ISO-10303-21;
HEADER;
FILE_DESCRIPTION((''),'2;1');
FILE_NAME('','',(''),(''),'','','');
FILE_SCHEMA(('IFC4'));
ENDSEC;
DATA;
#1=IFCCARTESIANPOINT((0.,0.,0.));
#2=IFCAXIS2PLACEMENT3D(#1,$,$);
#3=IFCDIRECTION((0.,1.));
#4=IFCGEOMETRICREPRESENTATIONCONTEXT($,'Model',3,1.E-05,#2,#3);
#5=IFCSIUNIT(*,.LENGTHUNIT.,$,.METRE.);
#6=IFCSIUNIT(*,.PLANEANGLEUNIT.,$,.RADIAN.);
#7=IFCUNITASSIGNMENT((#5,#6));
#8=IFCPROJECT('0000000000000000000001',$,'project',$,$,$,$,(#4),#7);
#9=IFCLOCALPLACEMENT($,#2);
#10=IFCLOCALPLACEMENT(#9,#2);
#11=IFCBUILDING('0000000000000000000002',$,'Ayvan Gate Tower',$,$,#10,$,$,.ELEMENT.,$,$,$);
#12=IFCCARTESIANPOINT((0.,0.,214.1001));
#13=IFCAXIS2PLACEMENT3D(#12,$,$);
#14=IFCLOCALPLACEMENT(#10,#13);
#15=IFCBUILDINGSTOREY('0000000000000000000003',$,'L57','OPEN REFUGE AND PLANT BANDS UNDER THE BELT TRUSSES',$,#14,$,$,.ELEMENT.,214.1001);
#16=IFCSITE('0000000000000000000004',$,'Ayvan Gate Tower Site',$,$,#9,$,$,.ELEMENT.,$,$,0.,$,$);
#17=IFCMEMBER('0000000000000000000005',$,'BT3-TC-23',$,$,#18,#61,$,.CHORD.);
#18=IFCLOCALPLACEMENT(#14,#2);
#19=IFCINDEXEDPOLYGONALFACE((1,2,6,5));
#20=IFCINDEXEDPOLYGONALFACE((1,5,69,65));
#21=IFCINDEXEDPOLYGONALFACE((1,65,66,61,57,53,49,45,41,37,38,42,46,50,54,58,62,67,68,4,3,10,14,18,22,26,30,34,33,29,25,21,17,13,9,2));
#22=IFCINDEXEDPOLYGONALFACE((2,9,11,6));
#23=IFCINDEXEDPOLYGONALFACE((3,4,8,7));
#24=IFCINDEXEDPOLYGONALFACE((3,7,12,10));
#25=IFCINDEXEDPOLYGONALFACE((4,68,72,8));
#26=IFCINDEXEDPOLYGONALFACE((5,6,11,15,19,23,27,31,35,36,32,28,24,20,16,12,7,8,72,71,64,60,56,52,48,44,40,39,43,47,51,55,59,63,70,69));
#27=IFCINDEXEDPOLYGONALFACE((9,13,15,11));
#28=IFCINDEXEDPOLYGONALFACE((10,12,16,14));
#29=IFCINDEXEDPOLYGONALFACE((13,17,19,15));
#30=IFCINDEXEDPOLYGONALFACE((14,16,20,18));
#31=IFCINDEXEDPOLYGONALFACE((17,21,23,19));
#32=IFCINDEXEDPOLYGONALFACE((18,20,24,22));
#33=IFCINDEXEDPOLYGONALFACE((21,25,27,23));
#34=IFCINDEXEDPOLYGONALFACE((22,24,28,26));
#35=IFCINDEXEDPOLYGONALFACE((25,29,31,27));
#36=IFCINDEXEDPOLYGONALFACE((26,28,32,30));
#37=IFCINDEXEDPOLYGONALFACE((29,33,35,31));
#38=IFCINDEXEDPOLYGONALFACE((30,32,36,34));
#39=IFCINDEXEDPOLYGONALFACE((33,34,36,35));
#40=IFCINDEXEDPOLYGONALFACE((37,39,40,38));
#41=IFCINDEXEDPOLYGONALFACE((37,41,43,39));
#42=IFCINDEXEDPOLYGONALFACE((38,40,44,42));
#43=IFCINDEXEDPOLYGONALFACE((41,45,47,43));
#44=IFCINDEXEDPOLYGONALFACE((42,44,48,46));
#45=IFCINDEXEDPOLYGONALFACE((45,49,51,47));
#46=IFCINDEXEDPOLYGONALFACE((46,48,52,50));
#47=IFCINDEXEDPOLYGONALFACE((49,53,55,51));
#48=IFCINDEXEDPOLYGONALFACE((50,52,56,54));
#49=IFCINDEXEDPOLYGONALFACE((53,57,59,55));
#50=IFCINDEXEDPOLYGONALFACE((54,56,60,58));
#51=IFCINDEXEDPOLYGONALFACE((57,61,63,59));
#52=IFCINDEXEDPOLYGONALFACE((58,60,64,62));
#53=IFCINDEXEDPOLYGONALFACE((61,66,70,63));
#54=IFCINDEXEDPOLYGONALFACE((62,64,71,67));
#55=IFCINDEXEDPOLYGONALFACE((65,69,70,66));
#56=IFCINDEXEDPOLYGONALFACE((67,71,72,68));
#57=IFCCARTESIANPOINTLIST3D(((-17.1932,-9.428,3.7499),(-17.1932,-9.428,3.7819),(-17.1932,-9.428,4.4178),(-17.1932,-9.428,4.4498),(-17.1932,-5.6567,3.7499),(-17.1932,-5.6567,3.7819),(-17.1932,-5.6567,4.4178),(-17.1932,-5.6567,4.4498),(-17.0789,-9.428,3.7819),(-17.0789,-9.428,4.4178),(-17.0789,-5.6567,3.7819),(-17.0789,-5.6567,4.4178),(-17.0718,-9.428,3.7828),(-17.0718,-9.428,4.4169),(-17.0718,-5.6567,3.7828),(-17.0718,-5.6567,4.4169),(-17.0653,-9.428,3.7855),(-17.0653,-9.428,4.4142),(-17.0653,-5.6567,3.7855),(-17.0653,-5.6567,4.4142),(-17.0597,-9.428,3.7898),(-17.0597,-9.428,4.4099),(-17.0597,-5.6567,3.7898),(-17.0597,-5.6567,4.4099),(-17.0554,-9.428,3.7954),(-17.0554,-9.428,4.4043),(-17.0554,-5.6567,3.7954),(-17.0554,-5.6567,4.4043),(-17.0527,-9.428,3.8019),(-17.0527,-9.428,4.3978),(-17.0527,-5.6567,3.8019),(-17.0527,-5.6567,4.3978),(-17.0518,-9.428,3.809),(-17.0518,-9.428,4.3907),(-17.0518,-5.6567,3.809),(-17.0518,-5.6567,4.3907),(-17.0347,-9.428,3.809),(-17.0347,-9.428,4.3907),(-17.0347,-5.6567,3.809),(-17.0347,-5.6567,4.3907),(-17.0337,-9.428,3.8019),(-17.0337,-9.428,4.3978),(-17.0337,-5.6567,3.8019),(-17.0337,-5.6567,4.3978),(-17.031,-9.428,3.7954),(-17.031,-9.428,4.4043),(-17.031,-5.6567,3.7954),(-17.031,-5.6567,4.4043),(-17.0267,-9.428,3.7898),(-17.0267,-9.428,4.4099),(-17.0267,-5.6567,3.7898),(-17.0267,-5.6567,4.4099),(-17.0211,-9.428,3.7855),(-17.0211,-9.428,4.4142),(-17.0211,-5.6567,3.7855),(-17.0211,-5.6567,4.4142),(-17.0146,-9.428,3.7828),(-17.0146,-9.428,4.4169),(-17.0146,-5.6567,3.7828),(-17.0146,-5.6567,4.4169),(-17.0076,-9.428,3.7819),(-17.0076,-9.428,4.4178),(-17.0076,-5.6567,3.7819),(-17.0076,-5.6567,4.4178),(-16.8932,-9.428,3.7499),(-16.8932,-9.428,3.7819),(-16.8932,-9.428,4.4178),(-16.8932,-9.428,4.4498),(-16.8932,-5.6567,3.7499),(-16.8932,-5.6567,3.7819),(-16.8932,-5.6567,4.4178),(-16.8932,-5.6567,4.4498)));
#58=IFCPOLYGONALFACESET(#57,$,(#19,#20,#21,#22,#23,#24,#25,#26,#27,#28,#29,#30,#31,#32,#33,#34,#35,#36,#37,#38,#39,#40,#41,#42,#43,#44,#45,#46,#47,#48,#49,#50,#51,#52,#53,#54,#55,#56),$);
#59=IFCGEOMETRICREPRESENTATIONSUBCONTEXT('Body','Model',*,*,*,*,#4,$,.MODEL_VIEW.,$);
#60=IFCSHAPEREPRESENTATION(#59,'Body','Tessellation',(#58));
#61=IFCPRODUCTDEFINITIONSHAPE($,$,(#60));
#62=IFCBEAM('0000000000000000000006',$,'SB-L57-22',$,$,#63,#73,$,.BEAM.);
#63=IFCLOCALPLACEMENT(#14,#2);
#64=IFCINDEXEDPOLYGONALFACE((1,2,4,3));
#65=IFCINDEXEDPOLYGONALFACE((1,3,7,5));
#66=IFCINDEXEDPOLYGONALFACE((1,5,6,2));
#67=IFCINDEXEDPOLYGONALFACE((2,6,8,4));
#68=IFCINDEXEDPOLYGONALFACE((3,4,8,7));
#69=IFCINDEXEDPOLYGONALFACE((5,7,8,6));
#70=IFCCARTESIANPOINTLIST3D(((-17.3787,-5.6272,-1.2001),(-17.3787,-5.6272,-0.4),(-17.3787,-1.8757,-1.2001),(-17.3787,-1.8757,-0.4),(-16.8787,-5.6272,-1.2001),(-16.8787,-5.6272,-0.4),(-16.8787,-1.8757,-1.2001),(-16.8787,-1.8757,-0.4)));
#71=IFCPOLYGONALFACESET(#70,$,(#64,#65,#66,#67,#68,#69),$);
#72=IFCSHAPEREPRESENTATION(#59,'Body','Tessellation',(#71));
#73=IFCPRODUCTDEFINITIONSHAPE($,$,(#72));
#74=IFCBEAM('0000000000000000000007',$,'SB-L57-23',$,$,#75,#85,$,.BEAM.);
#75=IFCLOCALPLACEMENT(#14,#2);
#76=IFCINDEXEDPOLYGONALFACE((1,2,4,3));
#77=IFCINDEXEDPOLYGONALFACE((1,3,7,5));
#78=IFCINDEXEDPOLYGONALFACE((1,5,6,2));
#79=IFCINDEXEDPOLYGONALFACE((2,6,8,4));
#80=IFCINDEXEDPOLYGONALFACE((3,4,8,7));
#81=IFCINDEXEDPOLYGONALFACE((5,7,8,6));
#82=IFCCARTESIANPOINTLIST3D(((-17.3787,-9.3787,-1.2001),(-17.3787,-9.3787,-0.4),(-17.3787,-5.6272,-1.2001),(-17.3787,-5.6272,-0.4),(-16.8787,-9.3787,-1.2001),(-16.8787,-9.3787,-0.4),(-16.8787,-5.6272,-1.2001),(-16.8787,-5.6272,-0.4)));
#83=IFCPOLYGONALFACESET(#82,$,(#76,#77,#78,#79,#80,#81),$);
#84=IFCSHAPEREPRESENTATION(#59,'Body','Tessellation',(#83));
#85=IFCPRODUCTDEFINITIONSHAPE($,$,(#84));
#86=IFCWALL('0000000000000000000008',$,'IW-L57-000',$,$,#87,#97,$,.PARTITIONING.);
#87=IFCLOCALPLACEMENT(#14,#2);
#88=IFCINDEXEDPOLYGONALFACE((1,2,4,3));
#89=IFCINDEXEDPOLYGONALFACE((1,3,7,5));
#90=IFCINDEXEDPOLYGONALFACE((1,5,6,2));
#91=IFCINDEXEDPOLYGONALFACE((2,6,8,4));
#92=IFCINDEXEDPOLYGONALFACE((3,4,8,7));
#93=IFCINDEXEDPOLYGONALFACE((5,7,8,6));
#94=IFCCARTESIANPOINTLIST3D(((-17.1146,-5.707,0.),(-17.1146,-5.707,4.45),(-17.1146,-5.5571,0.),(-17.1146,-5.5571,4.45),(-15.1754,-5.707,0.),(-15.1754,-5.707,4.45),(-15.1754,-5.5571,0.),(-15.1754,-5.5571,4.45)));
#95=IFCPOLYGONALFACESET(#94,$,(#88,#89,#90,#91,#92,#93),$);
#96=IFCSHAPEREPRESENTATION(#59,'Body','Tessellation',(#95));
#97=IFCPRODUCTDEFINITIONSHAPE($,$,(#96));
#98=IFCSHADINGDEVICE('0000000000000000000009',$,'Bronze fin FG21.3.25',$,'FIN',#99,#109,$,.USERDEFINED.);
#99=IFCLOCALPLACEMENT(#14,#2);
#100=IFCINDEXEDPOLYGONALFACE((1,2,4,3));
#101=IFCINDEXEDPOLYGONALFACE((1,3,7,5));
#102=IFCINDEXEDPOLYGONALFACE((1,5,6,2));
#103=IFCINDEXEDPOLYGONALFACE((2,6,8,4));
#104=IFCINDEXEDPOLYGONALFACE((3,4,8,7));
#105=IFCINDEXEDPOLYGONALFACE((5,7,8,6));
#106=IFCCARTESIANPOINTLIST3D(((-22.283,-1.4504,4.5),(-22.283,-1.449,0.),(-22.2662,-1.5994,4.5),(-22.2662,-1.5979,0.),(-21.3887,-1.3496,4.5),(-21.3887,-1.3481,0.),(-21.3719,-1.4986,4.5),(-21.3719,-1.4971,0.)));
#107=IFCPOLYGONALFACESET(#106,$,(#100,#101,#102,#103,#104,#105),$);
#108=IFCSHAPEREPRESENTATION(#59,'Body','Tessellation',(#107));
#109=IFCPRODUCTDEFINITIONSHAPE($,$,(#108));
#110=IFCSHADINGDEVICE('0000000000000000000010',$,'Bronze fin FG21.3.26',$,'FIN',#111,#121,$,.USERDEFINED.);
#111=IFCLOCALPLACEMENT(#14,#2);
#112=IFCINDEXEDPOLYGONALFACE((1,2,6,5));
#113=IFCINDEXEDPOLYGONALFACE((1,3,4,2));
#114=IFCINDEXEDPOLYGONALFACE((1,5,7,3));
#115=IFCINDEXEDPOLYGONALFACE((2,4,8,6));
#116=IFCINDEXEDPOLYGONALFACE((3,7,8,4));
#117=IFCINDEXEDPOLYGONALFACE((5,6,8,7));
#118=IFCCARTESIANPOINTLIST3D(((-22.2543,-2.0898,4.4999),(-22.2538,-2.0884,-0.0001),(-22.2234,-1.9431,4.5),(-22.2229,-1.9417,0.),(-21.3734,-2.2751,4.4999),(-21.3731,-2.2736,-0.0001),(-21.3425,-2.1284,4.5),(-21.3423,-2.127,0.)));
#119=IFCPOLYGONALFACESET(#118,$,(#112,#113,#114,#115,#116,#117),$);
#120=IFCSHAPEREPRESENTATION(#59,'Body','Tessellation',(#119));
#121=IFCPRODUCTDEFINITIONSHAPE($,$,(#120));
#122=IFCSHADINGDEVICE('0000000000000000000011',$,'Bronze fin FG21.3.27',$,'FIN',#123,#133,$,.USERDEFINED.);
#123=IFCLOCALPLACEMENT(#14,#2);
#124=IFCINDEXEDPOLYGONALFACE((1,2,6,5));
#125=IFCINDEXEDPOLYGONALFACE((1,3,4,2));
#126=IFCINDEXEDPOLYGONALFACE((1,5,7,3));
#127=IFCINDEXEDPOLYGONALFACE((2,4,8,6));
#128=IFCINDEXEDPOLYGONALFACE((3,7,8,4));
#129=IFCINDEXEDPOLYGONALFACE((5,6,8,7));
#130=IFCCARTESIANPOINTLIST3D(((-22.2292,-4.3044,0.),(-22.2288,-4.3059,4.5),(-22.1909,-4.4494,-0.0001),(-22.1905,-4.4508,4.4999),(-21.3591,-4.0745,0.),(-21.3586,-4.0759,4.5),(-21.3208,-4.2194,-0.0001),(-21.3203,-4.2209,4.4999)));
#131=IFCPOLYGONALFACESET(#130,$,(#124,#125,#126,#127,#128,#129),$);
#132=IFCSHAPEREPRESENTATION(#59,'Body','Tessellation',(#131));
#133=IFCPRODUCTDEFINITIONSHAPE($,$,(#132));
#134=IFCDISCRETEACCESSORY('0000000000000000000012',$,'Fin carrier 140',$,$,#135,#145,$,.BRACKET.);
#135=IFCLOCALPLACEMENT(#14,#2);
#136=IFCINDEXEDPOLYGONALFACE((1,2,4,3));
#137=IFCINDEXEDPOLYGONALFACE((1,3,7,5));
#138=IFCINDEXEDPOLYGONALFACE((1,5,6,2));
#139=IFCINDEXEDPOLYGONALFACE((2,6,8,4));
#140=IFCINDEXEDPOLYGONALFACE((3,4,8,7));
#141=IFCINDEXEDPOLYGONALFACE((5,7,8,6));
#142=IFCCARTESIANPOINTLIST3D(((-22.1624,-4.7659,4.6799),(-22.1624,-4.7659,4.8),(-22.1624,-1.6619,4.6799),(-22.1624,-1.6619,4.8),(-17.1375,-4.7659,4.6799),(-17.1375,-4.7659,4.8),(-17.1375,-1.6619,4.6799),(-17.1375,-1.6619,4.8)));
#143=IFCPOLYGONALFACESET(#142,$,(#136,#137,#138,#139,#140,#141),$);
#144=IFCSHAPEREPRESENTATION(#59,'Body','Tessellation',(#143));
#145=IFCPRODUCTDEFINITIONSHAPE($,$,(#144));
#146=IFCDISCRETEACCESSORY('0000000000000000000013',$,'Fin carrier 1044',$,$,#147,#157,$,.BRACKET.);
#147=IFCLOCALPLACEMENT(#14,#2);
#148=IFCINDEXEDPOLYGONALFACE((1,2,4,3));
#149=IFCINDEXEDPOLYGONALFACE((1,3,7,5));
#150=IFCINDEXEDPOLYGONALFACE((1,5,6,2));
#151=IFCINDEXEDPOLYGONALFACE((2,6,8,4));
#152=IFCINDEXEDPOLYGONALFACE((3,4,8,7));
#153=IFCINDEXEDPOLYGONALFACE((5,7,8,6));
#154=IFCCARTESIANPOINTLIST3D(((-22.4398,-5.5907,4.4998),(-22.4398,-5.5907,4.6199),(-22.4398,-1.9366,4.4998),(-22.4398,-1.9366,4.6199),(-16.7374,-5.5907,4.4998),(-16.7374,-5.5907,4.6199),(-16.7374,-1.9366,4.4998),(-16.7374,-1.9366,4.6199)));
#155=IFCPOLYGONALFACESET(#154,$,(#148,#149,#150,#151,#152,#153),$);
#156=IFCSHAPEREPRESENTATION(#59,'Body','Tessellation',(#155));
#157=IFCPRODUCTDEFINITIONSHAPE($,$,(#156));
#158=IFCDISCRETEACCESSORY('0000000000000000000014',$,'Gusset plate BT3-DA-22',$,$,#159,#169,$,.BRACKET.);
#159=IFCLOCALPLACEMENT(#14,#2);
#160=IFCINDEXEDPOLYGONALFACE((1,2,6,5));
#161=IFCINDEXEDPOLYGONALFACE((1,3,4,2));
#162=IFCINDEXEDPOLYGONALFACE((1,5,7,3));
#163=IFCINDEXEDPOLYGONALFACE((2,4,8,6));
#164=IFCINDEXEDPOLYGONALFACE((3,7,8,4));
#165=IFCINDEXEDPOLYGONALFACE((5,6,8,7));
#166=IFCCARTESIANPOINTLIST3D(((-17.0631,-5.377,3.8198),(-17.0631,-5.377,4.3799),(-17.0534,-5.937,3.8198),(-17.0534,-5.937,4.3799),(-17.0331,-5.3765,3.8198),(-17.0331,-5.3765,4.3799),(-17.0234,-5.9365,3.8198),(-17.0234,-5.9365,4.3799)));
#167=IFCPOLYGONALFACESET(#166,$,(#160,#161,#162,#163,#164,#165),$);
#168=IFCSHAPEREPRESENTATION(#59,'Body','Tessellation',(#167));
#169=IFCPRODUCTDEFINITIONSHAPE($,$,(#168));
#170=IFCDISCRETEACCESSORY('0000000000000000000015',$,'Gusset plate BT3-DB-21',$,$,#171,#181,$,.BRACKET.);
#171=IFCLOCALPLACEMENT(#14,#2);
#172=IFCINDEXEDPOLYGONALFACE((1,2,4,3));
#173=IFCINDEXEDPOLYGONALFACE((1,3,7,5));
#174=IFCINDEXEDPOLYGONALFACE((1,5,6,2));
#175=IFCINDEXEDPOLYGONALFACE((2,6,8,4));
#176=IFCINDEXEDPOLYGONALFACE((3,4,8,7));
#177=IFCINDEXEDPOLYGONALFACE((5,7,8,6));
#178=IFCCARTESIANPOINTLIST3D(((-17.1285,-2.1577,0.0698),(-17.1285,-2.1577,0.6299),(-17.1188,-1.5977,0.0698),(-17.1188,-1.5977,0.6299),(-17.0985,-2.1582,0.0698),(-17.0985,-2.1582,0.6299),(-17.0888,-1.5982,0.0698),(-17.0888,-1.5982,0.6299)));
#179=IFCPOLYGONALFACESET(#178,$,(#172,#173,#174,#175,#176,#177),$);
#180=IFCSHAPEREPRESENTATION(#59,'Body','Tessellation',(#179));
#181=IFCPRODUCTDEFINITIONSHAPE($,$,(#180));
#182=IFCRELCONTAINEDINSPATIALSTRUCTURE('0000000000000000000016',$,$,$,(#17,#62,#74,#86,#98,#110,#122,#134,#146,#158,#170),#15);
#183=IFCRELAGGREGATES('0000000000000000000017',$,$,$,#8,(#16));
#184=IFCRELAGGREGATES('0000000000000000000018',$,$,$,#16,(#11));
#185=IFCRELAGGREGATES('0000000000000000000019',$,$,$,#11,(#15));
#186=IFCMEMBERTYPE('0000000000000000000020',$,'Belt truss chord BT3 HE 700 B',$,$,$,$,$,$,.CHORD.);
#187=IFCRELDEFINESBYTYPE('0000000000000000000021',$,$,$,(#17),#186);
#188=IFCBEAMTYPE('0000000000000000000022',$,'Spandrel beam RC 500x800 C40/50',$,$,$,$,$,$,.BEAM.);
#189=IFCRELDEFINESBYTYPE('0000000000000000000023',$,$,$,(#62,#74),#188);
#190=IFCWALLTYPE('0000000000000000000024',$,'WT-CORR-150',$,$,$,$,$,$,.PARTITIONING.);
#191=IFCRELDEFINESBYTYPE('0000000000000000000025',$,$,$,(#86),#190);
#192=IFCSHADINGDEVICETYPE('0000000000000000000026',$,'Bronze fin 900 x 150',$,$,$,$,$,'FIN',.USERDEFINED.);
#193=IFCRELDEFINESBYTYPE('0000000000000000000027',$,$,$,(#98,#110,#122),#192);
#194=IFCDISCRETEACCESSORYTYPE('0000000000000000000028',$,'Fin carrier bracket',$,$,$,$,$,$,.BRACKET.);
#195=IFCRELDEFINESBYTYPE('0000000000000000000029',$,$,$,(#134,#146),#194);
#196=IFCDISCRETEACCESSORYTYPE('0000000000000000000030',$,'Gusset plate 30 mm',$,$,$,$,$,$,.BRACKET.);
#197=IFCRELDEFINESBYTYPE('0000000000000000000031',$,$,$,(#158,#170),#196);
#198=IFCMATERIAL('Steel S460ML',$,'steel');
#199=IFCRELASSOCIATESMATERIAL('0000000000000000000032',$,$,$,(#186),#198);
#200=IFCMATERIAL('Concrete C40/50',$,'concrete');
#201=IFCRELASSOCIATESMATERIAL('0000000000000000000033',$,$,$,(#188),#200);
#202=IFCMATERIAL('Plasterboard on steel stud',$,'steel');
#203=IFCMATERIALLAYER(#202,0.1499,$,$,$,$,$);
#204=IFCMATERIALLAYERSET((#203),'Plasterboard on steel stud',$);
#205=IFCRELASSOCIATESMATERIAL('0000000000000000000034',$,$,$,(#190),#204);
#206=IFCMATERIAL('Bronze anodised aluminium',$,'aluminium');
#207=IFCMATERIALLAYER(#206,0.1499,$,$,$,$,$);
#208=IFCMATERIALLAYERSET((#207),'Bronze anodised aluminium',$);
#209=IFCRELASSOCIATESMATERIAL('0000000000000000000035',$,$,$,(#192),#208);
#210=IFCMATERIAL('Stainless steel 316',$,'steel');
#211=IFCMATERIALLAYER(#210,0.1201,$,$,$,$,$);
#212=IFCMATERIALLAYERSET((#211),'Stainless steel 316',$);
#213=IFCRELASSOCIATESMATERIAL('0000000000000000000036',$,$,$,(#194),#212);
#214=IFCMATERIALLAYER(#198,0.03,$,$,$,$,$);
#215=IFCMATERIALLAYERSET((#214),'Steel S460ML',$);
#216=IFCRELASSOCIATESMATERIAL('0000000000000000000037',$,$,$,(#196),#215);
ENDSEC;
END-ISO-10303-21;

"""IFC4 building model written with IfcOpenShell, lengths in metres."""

from ifc_helpers import new_model, si_unit, direction, frame, frame_2d, origin, origin_2d, place, context, subcontext, project, spatial, polyline, rectangle, i_section, outline, extrude, material, layer, layer_set, material_profile, profile_set, type_object, element, save


model = new_model("IFC4")

# Units and contexts
model_context = context("Model", 3, precision=1e-05, world=origin(), true_north=direction((0.0, 1.0)))
body_context = subcontext(model_context, "Body", "Model", "MODEL_VIEW")
ifc_project = project(units=[si_unit("LENGTHUNIT", "METRE"), si_unit("PLANEANGLEUNIT", "RADIAN")], contexts=[model_context])

# Site, building, storey
site_placement = place(None, origin())
site = spatial("IfcSite", under=ifc_project, at=site_placement, Name="Ayvan Gate Tower Site", CompositionType="ELEMENT", RefElevation=0.0)
building_placement = place(site_placement, origin())
building = spatial("IfcBuilding", under=site, at=building_placement, Name="Ayvan Gate Tower", CompositionType="ELEMENT")
storey_placement = place(building_placement, frame((0.0, 0.0, 214.1001)))
storey = spatial("IfcBuildingStorey", under=building, at=storey_placement, Name="L57", Description="OPEN REFUGE AND PLANT BANDS UNDER THE BELT TRUSSES", CompositionType="ELEMENT", Elevation=214.1001)

# Member
ifc_material_1 = material(Name="Steel S460ML", Category="steel")
ifc_material_profile_1 = material_profile(ifc_material_1, i_section(OverallWidth=0.3, OverallDepth=0.7, WebThickness=0.0171, FlangeThickness=0.032, FilletRadius=0.0271, at=origin_2d()), Name="HE 700 B")
ifc_profile_set_1 = profile_set([ifc_material_profile_1], Name="Steel S460ML")
member_type_1 = type_object("IfcMemberType", Name="Belt truss chord BT3 HE 700 B", PredefinedType="CHORD", material=ifc_profile_set_1)
member_1_placement = place(storey_placement, frame((-17.0432, -5.6567, 4.0999), z_axis=(0.0, -1.0, 0.0), x_axis=(1.0, 0.0, 0.0)))
element("IfcMember", 1, at=member_1_placement, inside=storey, type_object=member_type_1, Name="BT3-TC-23", PredefinedType="CHORD", context=body_context, shape_type="SweptSolid", body=[
    extrude(i_section(OverallWidth=0.3, OverallDepth=0.7, WebThickness=0.0171, FlangeThickness=0.032, FilletRadius=0.0271, at=origin_2d()), origin(), (0.0, 0.0, 1.0), 3.7712),
])

# Beams
ifc_material_2 = material(Name="Concrete C40/50", Category="concrete")
ifc_material_profile_2 = material_profile(ifc_material_2, rectangle(XDim=0.5, YDim=0.8, at=origin_2d()), Name="RC 500x800")
ifc_profile_set_2 = profile_set([ifc_material_profile_2], Name="Concrete C40/50")
beam_type = type_object("IfcBeamType", Name="Spandrel beam RC 500x800 C40/50", PredefinedType="BEAM", material=ifc_profile_set_2)
for number, where, z_axis, x_axis, name in (
    (2, (-17.1287, -1.8757, -0.8), (0.0, -1.0, 0.0), (1.0, 0.0, 0.0), "SB-L57-22"),
    (3, (-17.1287, -5.6272, -0.8), (0.0, -1.0, 0.0), (1.0, 0.0, 0.0), "SB-L57-23"),
):
    element("IfcBeam", number, at=place(storey_placement, frame(where, z_axis=z_axis, x_axis=x_axis)), inside=storey, type_object=beam_type, Name=name, PredefinedType="BEAM", context=body_context, shape_type="SweptSolid", body=[
        extrude(rectangle(XDim=0.5, YDim=0.8, at=origin_2d()), origin(), (0.0, 0.0, 1.0), 3.7515),
    ])

# Wall
ifc_material_3 = material(Name="Plasterboard on steel stud", Category="steel")
ifc_layer_1 = layer(ifc_material_3, 0.1499)
ifc_layer_set_1 = layer_set([ifc_layer_1], Name="Plasterboard on steel stud")
wall_type = type_object("IfcWallType", Name="WT-CORR-150", PredefinedType="PARTITIONING", material=ifc_layer_set_1)
wall_placement = place(storey_placement, frame((-17.1147, -5.6321, 0.0), z_axis=(0.0, 0.0, 1.0), x_axis=(1.0, 0.0, 0.0)))
element("IfcWall", 4, at=wall_placement, inside=storey, type_object=wall_type, Name="IW-L57-000", PredefinedType="PARTITIONING", context=body_context, shape_type="SweptSolid", body=[
    extrude(rectangle(XDim=1.9392, YDim=0.1499, at=frame_2d((0.9697, 0.0))), origin(), (0.0, 0.0, 1.0), 4.45),
])

# Shading devices
ifc_material_4 = material(Name="Bronze anodised aluminium", Category="aluminium")
ifc_layer_2 = layer(ifc_material_4, 0.1499)
ifc_layer_set_2 = layer_set([ifc_layer_2], Name="Bronze anodised aluminium")
shading_device_type = type_object("IfcShadingDeviceType", Name="Bronze fin 900 x 150", ElementType="FIN", PredefinedType="USERDEFINED", material=ifc_layer_set_2)
shading_device_1_placement = place(storey_placement, frame((-21.3887, -1.3481, 0.0), z_axis=(-0.112039, 0.993704, 0.000323), x_axis=(-0.993704, -0.112039, 0.0)))
element("IfcShadingDevice", 5, at=shading_device_1_placement, inside=storey, type_object=shading_device_type, Name="Bronze fin FG21.3.25", ObjectType="FIN", PredefinedType="USERDEFINED", context=body_context, shape_type="SweptSolid", body=[
    extrude(outline(polyline([(0.0, 0.0), (0.9, 0.0), (0.9001, 4.5), (0.0002, 4.5), (0.0, 0.0)])), origin(), (0.0, 0.0, -1.0), 0.1499),
])
shading_device_2_placement = place(storey_placement, frame((-21.3423, -2.127, 0.0), z_axis=(0.205887, 0.978576, 0.000335), x_axis=(-0.978576, 0.205887, 0.0)))
element("IfcShadingDevice", 6, at=shading_device_2_placement, inside=storey, type_object=shading_device_type, Name="Bronze fin FG21.3.26", ObjectType="FIN", PredefinedType="USERDEFINED", context=body_context, shape_type="SweptSolid", body=[
    extrude(outline(polyline([(0.0, 0.0), (0.8999, 0.0), (0.9001, 4.5), (-0.0001, 4.5), (0.0, 0.0)])), origin(), (0.0, 0.0, -1.0), 0.1499),
])
shading_device_3_placement = place(storey_placement, frame((-21.3591, -4.0745, 0.0), z_axis=(-0.255535, 0.9668, 0.000342), x_axis=(-0.9668, -0.255535, 0.0)))
element("IfcShadingDevice", 7, at=shading_device_3_placement, inside=storey, type_object=shading_device_type, Name="Bronze fin FG21.3.27", ObjectType="FIN", PredefinedType="USERDEFINED", context=body_context, shape_type="SweptSolid", body=[
    extrude(outline(polyline([(0.0, 0.0), (0.9, 0.0), (0.8999, 4.5), (-0.0001, 4.5), (0.0, 0.0)])), origin(), (0.0, 0.0, -1.0), 0.1499),
])

# Discrete accessories
ifc_material_5 = material(Name="Stainless steel 316", Category="steel")
ifc_layer_3 = layer(ifc_material_5, 0.1201)
ifc_layer_set_3 = layer_set([ifc_layer_3], Name="Stainless steel 316")
discrete_accessory_type_1 = type_object("IfcDiscreteAccessoryType", Name="Fin carrier bracket", PredefinedType="BRACKET", material=ifc_layer_set_3)
discrete_accessory_1_placement = place(storey_placement, frame((-19.6499, -3.2139, 4.6799), z_axis=(0.0, 0.0, 1.0), x_axis=(0.0, -1.0, 0.0)))
element("IfcDiscreteAccessory", 8, at=discrete_accessory_1_placement, inside=storey, type_object=discrete_accessory_type_1, Name="Fin carrier 140", PredefinedType="BRACKET", context=body_context, shape_type="SweptSolid", body=[
    extrude(rectangle(XDim=3.104, YDim=5.0249, at=origin_2d()), origin(), (0.0, 0.0, 1.0), 0.1201),
])
discrete_accessory_2_placement = place(storey_placement, frame((-19.5886, -3.7637, 4.4998), z_axis=(0.0, 0.0, 1.0), x_axis=(0.0, -1.0, 0.0)))
element("IfcDiscreteAccessory", 9, at=discrete_accessory_2_placement, inside=storey, type_object=discrete_accessory_type_1, Name="Fin carrier 1044", PredefinedType="BRACKET", context=body_context, shape_type="SweptSolid", body=[
    extrude(rectangle(XDim=3.6541, YDim=5.7024, at=origin_2d()), origin(), (0.0, 0.0, 1.0), 0.1201),
])
ifc_layer_4 = layer(ifc_material_1, 0.03)
ifc_layer_set_4 = layer_set([ifc_layer_4], Name="Steel S460ML")
discrete_accessory_type_2 = type_object("IfcDiscreteAccessoryType", Name="Gusset plate 30 mm", PredefinedType="BRACKET", material=ifc_layer_set_4)
for number, where, z_axis, x_axis, name in (
    (10, (-17.0432, -5.6567, 3.8198), (0.0, 0.0, 1.0), (-0.01732, 0.99985, 0.0), "Gusset plate BT3-DA-22"),
    (11, (-17.1086, -1.8779, 0.0698), (0.0, 0.0, 1.0), (0.01739, 0.999849, 0.0), "Gusset plate BT3-DB-21"),
):
    element("IfcDiscreteAccessory", number, at=place(storey_placement, frame(where, z_axis=z_axis, x_axis=x_axis)), inside=storey, type_object=discrete_accessory_type_2, Name=name, PredefinedType="BRACKET", context=body_context, shape_type="SweptSolid", body=[
        extrude(rectangle(XDim=0.5601, YDim=0.03, at=origin_2d()), origin(), (0.0, 0.0, 1.0), 0.5601),
    ])

save(model, "model.ifc")
